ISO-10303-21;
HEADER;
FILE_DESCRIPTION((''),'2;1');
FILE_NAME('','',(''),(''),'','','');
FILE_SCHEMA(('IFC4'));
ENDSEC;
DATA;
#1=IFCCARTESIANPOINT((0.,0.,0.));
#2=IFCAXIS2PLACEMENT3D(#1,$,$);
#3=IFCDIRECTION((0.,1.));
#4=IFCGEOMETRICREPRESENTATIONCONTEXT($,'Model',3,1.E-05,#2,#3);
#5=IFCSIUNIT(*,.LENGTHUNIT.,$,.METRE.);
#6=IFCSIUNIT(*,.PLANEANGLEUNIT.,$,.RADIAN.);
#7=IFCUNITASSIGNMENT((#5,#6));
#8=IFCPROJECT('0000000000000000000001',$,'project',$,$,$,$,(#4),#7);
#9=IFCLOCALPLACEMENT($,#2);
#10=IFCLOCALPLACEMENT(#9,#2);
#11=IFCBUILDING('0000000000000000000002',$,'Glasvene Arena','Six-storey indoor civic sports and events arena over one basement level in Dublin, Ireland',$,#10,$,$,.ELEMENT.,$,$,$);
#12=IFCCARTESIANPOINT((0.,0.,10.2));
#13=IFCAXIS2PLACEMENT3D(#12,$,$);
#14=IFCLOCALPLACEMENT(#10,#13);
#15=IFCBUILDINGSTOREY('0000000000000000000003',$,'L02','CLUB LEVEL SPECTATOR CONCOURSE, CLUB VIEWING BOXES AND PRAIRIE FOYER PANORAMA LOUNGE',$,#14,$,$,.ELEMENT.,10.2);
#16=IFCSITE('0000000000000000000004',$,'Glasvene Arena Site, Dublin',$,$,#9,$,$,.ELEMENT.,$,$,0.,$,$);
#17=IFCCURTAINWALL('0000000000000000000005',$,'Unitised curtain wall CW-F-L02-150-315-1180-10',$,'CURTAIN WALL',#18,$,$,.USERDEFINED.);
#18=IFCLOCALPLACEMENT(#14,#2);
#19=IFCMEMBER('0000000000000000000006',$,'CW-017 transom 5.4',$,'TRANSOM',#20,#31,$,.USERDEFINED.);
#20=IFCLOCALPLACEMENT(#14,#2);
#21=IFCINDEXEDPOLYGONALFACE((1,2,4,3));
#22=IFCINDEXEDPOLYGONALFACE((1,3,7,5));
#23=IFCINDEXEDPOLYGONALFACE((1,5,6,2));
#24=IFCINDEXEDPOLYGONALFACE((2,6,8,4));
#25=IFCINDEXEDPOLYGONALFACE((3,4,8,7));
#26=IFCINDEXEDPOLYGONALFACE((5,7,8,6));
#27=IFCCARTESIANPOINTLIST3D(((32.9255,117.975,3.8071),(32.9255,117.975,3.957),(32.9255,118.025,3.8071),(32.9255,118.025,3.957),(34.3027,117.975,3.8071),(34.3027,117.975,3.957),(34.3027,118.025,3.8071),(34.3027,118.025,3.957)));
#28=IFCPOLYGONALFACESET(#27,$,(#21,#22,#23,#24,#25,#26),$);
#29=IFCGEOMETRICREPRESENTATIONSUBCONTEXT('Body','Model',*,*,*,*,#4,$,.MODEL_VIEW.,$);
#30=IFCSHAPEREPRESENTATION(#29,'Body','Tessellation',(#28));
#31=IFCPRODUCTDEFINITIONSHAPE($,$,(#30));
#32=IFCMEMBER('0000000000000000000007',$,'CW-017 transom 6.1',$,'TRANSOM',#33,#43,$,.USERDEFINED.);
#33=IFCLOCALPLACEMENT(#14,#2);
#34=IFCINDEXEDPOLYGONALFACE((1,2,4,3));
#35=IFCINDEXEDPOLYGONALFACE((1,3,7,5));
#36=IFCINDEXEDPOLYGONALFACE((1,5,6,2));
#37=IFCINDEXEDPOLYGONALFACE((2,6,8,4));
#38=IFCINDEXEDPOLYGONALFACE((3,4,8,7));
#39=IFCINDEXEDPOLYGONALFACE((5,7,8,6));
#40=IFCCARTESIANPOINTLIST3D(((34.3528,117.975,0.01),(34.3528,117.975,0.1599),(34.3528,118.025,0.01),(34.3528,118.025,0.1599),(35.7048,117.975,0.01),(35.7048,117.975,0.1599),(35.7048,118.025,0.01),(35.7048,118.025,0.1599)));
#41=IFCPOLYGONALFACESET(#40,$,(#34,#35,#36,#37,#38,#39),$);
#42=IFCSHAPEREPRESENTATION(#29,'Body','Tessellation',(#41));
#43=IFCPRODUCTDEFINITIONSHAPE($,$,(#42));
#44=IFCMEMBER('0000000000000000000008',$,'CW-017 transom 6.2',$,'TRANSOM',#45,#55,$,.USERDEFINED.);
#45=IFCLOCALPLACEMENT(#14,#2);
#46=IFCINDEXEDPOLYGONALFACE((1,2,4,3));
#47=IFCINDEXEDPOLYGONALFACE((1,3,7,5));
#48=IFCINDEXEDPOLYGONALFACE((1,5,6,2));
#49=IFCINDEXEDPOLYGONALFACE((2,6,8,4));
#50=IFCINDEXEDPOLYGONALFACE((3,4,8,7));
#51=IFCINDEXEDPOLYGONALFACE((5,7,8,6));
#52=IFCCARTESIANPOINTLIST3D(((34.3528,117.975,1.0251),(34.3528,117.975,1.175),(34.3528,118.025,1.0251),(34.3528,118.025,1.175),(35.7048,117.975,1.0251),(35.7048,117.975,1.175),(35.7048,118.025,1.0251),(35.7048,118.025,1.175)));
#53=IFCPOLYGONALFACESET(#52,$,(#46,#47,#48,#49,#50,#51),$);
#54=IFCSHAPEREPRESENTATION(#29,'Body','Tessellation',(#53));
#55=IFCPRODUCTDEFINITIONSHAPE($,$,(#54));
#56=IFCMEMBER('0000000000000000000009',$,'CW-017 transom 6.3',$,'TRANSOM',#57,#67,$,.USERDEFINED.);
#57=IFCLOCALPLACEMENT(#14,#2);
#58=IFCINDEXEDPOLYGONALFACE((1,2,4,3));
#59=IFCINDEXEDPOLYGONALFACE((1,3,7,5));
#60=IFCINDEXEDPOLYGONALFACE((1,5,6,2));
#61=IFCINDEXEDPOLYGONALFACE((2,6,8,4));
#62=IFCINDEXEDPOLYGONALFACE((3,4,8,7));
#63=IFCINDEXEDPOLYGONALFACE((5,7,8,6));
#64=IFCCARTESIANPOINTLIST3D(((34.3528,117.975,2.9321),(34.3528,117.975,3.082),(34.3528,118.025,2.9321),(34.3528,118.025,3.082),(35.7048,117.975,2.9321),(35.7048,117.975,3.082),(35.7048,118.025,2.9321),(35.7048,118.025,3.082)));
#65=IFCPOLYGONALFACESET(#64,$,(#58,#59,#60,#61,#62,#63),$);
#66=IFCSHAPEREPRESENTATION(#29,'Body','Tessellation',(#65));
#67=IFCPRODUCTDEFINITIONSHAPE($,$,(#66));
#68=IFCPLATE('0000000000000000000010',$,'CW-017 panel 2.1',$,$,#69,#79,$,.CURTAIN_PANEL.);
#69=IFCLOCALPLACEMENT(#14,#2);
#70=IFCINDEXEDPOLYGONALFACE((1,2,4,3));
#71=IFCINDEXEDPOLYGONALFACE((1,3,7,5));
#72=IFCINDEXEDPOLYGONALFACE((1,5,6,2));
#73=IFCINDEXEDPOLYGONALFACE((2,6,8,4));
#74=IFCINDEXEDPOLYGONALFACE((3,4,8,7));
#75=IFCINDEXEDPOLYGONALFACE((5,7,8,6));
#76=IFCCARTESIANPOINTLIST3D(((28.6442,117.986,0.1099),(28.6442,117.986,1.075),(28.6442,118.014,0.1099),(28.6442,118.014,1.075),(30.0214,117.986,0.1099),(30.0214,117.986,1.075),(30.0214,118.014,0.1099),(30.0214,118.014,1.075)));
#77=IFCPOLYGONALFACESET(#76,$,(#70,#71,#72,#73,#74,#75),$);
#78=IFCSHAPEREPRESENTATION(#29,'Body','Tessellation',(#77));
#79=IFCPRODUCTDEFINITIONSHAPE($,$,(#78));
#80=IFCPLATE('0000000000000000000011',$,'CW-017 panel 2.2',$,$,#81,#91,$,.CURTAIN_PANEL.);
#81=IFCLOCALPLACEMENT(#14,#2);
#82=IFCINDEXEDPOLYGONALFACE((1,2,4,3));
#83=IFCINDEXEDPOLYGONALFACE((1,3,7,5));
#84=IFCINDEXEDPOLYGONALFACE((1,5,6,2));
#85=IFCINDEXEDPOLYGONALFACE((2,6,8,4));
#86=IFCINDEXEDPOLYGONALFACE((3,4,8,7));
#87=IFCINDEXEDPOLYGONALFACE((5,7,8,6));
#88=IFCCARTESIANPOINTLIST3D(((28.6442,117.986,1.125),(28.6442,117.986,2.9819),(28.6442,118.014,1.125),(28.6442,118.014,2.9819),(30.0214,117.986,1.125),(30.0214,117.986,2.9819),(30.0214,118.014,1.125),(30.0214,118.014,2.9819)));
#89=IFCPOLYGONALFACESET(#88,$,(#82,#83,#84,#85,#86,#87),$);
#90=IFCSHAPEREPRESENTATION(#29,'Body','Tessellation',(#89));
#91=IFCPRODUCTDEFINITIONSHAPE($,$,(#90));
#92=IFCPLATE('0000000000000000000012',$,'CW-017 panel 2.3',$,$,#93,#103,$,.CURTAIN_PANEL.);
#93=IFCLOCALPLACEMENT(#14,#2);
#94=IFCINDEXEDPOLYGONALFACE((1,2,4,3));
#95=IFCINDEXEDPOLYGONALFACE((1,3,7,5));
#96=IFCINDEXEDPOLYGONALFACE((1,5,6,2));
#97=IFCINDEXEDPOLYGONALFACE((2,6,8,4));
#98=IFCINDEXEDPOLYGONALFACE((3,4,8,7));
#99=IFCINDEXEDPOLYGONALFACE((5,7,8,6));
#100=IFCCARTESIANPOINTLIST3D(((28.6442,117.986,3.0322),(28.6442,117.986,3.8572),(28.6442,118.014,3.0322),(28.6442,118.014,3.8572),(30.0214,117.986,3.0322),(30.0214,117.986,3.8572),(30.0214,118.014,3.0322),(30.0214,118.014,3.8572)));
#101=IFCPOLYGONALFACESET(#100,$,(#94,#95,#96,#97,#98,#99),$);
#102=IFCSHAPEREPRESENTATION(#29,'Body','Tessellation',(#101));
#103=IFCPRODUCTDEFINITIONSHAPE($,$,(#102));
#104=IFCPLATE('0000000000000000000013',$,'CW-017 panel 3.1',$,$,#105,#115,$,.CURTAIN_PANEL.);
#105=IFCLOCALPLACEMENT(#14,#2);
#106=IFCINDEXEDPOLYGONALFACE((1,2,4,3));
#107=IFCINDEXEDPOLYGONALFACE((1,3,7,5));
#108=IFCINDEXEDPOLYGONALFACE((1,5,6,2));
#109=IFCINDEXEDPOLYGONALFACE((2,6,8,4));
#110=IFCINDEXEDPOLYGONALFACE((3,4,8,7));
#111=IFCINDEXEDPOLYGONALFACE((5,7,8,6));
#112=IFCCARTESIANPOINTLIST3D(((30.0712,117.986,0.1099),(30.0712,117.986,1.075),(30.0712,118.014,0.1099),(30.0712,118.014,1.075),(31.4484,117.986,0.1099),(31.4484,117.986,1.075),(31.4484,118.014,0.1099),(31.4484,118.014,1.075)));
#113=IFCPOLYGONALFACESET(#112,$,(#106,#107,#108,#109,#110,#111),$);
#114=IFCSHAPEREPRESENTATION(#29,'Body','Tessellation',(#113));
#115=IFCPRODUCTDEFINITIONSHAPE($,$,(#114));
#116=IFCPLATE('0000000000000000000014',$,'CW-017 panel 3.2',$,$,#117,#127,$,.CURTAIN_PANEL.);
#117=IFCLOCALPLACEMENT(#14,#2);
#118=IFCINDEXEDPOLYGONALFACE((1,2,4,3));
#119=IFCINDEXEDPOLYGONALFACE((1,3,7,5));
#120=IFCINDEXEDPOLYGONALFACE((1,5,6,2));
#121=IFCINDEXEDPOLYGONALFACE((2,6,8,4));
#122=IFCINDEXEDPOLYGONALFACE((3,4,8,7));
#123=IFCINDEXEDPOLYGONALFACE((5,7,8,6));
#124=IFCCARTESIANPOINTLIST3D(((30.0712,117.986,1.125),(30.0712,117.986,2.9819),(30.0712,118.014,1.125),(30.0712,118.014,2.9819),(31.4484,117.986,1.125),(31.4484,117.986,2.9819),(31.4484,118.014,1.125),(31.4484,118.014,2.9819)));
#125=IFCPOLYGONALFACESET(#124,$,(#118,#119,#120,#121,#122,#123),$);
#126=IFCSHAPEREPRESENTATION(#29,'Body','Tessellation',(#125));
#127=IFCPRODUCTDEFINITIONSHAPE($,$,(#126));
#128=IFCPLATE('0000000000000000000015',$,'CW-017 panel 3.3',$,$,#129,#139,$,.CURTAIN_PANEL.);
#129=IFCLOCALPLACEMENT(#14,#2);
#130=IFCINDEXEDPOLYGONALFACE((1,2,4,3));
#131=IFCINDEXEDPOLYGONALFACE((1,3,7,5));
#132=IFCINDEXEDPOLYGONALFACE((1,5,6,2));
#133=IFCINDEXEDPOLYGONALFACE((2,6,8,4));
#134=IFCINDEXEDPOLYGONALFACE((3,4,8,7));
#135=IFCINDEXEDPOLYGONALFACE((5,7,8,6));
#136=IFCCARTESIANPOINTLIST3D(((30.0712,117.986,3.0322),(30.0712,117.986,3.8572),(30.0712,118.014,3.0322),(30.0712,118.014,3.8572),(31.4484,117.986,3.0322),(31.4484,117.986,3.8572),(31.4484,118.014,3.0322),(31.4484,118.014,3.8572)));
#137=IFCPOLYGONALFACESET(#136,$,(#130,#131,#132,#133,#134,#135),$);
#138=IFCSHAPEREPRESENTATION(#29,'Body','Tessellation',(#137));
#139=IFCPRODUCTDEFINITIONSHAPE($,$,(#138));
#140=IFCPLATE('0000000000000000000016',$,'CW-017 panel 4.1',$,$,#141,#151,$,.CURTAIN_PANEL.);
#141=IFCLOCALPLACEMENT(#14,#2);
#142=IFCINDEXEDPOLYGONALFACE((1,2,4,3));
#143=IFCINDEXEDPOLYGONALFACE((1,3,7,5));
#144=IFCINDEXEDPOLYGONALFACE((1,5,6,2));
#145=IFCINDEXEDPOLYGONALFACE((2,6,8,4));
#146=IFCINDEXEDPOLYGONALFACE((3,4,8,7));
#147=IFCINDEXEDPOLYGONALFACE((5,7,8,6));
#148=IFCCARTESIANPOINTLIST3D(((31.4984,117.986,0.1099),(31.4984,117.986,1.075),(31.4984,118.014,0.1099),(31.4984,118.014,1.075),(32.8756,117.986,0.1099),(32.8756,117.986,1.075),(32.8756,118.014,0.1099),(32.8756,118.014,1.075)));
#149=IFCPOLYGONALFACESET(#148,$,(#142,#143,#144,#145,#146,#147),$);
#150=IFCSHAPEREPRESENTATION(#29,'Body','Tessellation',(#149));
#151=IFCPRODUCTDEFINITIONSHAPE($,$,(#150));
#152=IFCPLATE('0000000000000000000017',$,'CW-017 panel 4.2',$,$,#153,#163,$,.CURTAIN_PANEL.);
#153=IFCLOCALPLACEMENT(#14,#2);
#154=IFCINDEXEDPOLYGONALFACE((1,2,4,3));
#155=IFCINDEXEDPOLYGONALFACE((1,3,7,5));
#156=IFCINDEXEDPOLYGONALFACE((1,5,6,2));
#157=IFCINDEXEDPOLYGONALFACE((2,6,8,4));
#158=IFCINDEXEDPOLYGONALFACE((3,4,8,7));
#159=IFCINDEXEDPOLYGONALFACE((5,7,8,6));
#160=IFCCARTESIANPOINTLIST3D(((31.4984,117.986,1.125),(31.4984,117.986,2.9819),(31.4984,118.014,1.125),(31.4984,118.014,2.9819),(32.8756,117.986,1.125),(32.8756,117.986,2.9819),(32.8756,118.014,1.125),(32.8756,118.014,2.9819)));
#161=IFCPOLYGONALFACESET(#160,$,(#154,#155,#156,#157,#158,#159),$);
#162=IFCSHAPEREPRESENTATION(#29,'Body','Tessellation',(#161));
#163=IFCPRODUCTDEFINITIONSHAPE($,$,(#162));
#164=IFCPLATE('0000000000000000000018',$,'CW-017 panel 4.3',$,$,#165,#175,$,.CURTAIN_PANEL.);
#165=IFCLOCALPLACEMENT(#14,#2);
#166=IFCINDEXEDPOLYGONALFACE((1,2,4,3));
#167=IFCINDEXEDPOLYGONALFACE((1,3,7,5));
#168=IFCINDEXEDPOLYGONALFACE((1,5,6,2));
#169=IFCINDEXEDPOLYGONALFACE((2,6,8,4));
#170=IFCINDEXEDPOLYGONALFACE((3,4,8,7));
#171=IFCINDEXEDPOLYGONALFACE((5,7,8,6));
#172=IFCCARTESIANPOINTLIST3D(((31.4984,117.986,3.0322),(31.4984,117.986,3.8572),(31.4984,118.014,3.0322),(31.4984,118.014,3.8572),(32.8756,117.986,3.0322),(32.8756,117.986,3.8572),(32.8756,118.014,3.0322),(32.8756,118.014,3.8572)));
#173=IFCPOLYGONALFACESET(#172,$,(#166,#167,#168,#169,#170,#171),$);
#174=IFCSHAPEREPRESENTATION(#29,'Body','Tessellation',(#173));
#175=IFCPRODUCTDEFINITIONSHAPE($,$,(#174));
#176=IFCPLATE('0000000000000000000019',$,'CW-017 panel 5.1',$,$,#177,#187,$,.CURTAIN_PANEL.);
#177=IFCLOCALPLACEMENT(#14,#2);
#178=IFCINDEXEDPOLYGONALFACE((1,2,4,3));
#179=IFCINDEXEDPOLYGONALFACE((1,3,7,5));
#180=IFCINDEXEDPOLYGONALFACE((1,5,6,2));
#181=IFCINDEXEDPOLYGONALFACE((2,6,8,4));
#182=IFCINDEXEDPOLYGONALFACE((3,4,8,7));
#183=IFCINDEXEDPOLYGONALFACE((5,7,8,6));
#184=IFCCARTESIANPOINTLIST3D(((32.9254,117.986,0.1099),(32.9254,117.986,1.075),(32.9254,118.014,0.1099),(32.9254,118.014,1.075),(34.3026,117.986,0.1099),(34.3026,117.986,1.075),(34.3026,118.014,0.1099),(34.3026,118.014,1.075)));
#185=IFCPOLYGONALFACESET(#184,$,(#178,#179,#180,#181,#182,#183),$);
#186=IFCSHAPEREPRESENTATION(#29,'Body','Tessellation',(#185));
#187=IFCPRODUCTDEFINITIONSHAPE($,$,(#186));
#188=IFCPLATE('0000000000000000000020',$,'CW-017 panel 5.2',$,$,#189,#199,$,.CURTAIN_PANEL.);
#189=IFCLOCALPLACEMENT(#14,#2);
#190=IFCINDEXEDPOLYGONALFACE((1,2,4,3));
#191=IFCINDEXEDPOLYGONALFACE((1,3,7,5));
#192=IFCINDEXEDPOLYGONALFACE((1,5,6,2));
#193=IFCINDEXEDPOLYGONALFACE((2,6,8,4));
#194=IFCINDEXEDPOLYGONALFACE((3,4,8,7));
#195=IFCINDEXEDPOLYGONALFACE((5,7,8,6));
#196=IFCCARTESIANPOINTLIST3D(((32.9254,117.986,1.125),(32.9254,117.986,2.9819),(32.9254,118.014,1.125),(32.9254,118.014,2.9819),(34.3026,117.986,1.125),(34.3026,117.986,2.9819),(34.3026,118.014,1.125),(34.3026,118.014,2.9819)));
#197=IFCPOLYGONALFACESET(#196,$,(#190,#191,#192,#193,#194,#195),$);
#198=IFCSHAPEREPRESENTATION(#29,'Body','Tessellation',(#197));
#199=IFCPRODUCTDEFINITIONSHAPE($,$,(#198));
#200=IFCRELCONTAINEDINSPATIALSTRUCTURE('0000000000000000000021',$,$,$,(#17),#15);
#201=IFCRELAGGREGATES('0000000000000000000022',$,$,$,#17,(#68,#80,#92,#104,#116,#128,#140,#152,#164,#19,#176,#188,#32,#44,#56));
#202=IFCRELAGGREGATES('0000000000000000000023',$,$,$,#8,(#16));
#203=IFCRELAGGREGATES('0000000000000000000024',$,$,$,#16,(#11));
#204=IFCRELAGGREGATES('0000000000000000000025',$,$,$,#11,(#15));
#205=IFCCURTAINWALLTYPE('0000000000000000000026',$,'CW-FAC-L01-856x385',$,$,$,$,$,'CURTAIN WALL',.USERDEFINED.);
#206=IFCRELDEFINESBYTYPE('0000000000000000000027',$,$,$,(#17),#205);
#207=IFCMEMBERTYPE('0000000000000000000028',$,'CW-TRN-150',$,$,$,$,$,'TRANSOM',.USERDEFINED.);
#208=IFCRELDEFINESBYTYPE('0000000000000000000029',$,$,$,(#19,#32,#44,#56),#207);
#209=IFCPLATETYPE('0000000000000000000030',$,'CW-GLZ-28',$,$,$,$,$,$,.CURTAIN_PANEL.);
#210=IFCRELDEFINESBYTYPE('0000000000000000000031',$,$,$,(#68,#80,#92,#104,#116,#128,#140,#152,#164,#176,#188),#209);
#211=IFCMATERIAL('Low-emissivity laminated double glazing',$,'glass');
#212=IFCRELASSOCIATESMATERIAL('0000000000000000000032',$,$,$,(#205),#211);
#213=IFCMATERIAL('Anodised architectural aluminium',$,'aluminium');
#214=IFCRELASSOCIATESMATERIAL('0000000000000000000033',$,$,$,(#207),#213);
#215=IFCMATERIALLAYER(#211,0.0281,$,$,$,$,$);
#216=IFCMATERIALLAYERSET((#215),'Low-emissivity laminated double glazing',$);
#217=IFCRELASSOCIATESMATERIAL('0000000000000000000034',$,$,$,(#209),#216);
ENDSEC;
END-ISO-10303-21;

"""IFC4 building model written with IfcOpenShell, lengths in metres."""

from ifc_helpers import new_model, si_unit, direction, frame, origin, origin_2d, place, context, subcontext, project, spatial, rectangle, extrude, material, layer, layer_set, material_profile, profile_set, type_object, element, aggregate, save


model = new_model("IFC4")

# Units and contexts
model_context = context("Model", 3, precision=1e-05, world=origin(), true_north=direction((0.0, 1.0)))
body_context = subcontext(model_context, "Body", "Model", "MODEL_VIEW")
ifc_project = project(units=[si_unit("LENGTHUNIT", "METRE"), si_unit("PLANEANGLEUNIT", "RADIAN")], contexts=[model_context])

# Site, building, storey
site_placement = place(None, origin())
site = spatial("IfcSite", under=ifc_project, at=site_placement, Name="Glasvene Arena Site, Dublin", CompositionType="ELEMENT", RefElevation=0.0)
building_placement = place(site_placement, origin())
building = spatial("IfcBuilding", under=site, at=building_placement, Name="Glasvene Arena", Description="Six-storey indoor civic sports and events arena over one basement level in Dublin, Ireland", CompositionType="ELEMENT")
storey_placement = place(building_placement, frame((0.0, 0.0, 10.2)))
storey = spatial("IfcBuildingStorey", under=building, at=storey_placement, Name="L02", Description="CLUB LEVEL SPECTATOR CONCOURSE, CLUB VIEWING BOXES AND PRAIRIE FOYER PANORAMA LOUNGE", CompositionType="ELEMENT", Elevation=10.2)

# Curtain wall, members, plates
ifc_material_1 = material(Name="Low-emissivity laminated double glazing", Category="glass")
curtain_wall_type = type_object("IfcCurtainWallType", Name="CW-FAC-L01-856x385", ElementType="CURTAIN WALL", PredefinedType="USERDEFINED", material=ifc_material_1)
curtain_wall_placement = place(storey_placement, frame((27.1919, 118.0, 0.0)))
curtain_wall = element("IfcCurtainWall", 1, at=curtain_wall_placement, inside=storey, type_object=curtain_wall_type, Name="Unitised curtain wall CW-F-L02-150-315-1180-10", ObjectType="CURTAIN WALL", PredefinedType="USERDEFINED")
ifc_material_2 = material(Name="Anodised architectural aluminium", Category="aluminium")
ifc_material_profile_1 = material_profile(ifc_material_2, rectangle(XDim=0.05, YDim=0.1499, at=origin_2d()), Name="ALU TRANSOM 50x150")
ifc_profile_set_1 = profile_set([ifc_material_profile_1], Name="Anodised architectural aluminium")
member_type_1 = type_object("IfcMemberType", Name="CW-TRN-150", ElementType="TRANSOM", PredefinedType="USERDEFINED", material=ifc_profile_set_1)
member_1_placement = place(storey_placement, frame((32.9255, 118.0, 3.8821), z_axis=(1.0, 0.0, 0.0), x_axis=(0.0, 1.0, 0.0)))
member_1 = element("IfcMember", 2, at=member_1_placement, type_object=member_type_1, Name="CW-017 transom 5.4", ObjectType="TRANSOM", PredefinedType="USERDEFINED", context=body_context, shape_type="SweptSolid", body=[
    extrude(rectangle(XDim=0.05, YDim=0.1499, at=origin_2d()), origin(), (0.0, 0.0, 1.0), 1.3772),
])
member_2_placement = place(storey_placement, frame((34.3528, 118.0, 0.085), z_axis=(1.0, 0.0, 0.0), x_axis=(0.0, 1.0, 0.0)))
member_2 = element("IfcMember", 3, at=member_2_placement, type_object=member_type_1, Name="CW-017 transom 6.1", ObjectType="TRANSOM", PredefinedType="USERDEFINED", context=body_context, shape_type="SweptSolid", body=[
    extrude(rectangle(XDim=0.05, YDim=0.1499, at=origin_2d()), origin(), (0.0, 0.0, 1.0), 1.3521),
])
member_3_placement = place(storey_placement, frame((34.3528, 118.0, 1.1001), z_axis=(1.0, 0.0, 0.0), x_axis=(0.0, 1.0, 0.0)))
member_3 = element("IfcMember", 4, at=member_3_placement, type_object=member_type_1, Name="CW-017 transom 6.2", ObjectType="TRANSOM", PredefinedType="USERDEFINED", context=body_context, shape_type="SweptSolid", body=[
    extrude(rectangle(XDim=0.05, YDim=0.1499, at=origin_2d()), origin(), (0.0, 0.0, 1.0), 1.3521),
])
member_4_placement = place(storey_placement, frame((34.3528, 118.0, 3.0071), z_axis=(1.0, 0.0, 0.0), x_axis=(0.0, 1.0, 0.0)))
member_4 = element("IfcMember", 5, at=member_4_placement, type_object=member_type_1, Name="CW-017 transom 6.3", ObjectType="TRANSOM", PredefinedType="USERDEFINED", context=body_context, shape_type="SweptSolid", body=[
    extrude(rectangle(XDim=0.05, YDim=0.1499, at=origin_2d()), origin(), (0.0, 0.0, 1.0), 1.3521),
])
ifc_layer = layer(ifc_material_1, 0.0281)
ifc_layer_set = layer_set([ifc_layer], Name="Low-emissivity laminated double glazing")
plate_type = type_object("IfcPlateType", Name="CW-GLZ-28", PredefinedType="CURTAIN_PANEL", material=ifc_layer_set)
plate_1_placement = place(storey_placement, frame((29.3328, 118.0, 0.1099), z_axis=(0.0, 0.0, 1.0), x_axis=(1.0, 0.0, 0.0)))
plate_1 = element("IfcPlate", 6, at=plate_1_placement, type_object=plate_type, Name="CW-017 panel 2.1", PredefinedType="CURTAIN_PANEL", context=body_context, shape_type="SweptSolid", body=[
    extrude(rectangle(XDim=1.3772, YDim=0.0281, at=origin_2d()), origin(), (0.0, 0.0, 1.0), 0.9651),
])
plate_2_placement = place(storey_placement, frame((29.3328, 118.0, 1.125), z_axis=(0.0, 0.0, 1.0), x_axis=(1.0, 0.0, 0.0)))
plate_2 = element("IfcPlate", 7, at=plate_2_placement, type_object=plate_type, Name="CW-017 panel 2.2", PredefinedType="CURTAIN_PANEL", context=body_context, shape_type="SweptSolid", body=[
    extrude(rectangle(XDim=1.3772, YDim=0.0281, at=origin_2d()), origin(), (0.0, 0.0, 1.0), 1.8569),
])
plate_3_placement = place(storey_placement, frame((29.3328, 118.0, 3.0322), z_axis=(0.0, 0.0, 1.0), x_axis=(1.0, 0.0, 0.0)))
plate_3 = element("IfcPlate", 8, at=plate_3_placement, type_object=plate_type, Name="CW-017 panel 2.3", PredefinedType="CURTAIN_PANEL", context=body_context, shape_type="SweptSolid", body=[
    extrude(rectangle(XDim=1.3772, YDim=0.0281, at=origin_2d()), origin(), (0.0, 0.0, 1.0), 0.825),
])
plate_4_placement = place(storey_placement, frame((30.7598, 118.0, 0.1099), z_axis=(0.0, 0.0, 1.0), x_axis=(1.0, 0.0, 0.0)))
plate_4 = element("IfcPlate", 9, at=plate_4_placement, type_object=plate_type, Name="CW-017 panel 3.1", PredefinedType="CURTAIN_PANEL", context=body_context, shape_type="SweptSolid", body=[
    extrude(rectangle(XDim=1.3772, YDim=0.0281, at=origin_2d()), origin(), (0.0, 0.0, 1.0), 0.9651),
])
plate_5_placement = place(storey_placement, frame((30.7598, 118.0, 1.125), z_axis=(0.0, 0.0, 1.0), x_axis=(1.0, 0.0, 0.0)))
plate_5 = element("IfcPlate", 10, at=plate_5_placement, type_object=plate_type, Name="CW-017 panel 3.2", PredefinedType="CURTAIN_PANEL", context=body_context, shape_type="SweptSolid", body=[
    extrude(rectangle(XDim=1.3772, YDim=0.0281, at=origin_2d()), origin(), (0.0, 0.0, 1.0), 1.8569),
])
plate_6_placement = place(storey_placement, frame((30.7598, 118.0, 3.0322), z_axis=(0.0, 0.0, 1.0), x_axis=(1.0, 0.0, 0.0)))
plate_6 = element("IfcPlate", 11, at=plate_6_placement, type_object=plate_type, Name="CW-017 panel 3.3", PredefinedType="CURTAIN_PANEL", context=body_context, shape_type="SweptSolid", body=[
    extrude(rectangle(XDim=1.3772, YDim=0.0281, at=origin_2d()), origin(), (0.0, 0.0, 1.0), 0.825),
])
plate_7_placement = place(storey_placement, frame((32.187, 118.0, 0.1099), z_axis=(0.0, 0.0, 1.0), x_axis=(1.0, 0.0, 0.0)))
plate_7 = element("IfcPlate", 12, at=plate_7_placement, type_object=plate_type, Name="CW-017 panel 4.1", PredefinedType="CURTAIN_PANEL", context=body_context, shape_type="SweptSolid", body=[
    extrude(rectangle(XDim=1.3772, YDim=0.0281, at=origin_2d()), origin(), (0.0, 0.0, 1.0), 0.9651),
])
plate_8_placement = place(storey_placement, frame((32.187, 118.0, 1.125), z_axis=(0.0, 0.0, 1.0), x_axis=(1.0, 0.0, 0.0)))
plate_8 = element("IfcPlate", 13, at=plate_8_placement, type_object=plate_type, Name="CW-017 panel 4.2", PredefinedType="CURTAIN_PANEL", context=body_context, shape_type="SweptSolid", body=[
    extrude(rectangle(XDim=1.3772, YDim=0.0281, at=origin_2d()), origin(), (0.0, 0.0, 1.0), 1.8569),
])
plate_9_placement = place(storey_placement, frame((32.187, 118.0, 3.0322), z_axis=(0.0, 0.0, 1.0), x_axis=(1.0, 0.0, 0.0)))
plate_9 = element("IfcPlate", 14, at=plate_9_placement, type_object=plate_type, Name="CW-017 panel 4.3", PredefinedType="CURTAIN_PANEL", context=body_context, shape_type="SweptSolid", body=[
    extrude(rectangle(XDim=1.3772, YDim=0.0281, at=origin_2d()), origin(), (0.0, 0.0, 1.0), 0.825),
])
plate_10_placement = place(storey_placement, frame((33.614, 118.0, 0.1099), z_axis=(0.0, 0.0, 1.0), x_axis=(1.0, 0.0, 0.0)))
plate_10 = element("IfcPlate", 15, at=plate_10_placement, type_object=plate_type, Name="CW-017 panel 5.1", PredefinedType="CURTAIN_PANEL", context=body_context, shape_type="SweptSolid", body=[
    extrude(rectangle(XDim=1.3772, YDim=0.0281, at=origin_2d()), origin(), (0.0, 0.0, 1.0), 0.9651),
])
plate_11_placement = place(storey_placement, frame((33.614, 118.0, 1.125), z_axis=(0.0, 0.0, 1.0), x_axis=(1.0, 0.0, 0.0)))
plate_11 = element("IfcPlate", 16, at=plate_11_placement, type_object=plate_type, Name="CW-017 panel 5.2", PredefinedType="CURTAIN_PANEL", context=body_context, shape_type="SweptSolid", body=[
    extrude(rectangle(XDim=1.3772, YDim=0.0281, at=origin_2d()), origin(), (0.0, 0.0, 1.0), 1.8569),
])
aggregate(curtain_wall, [plate_1, plate_2, plate_3, plate_4, plate_5, plate_6, plate_7, plate_8, plate_9, member_1, plate_10, plate_11, member_2, member_3, member_4])

save(model, "model.ifc")
